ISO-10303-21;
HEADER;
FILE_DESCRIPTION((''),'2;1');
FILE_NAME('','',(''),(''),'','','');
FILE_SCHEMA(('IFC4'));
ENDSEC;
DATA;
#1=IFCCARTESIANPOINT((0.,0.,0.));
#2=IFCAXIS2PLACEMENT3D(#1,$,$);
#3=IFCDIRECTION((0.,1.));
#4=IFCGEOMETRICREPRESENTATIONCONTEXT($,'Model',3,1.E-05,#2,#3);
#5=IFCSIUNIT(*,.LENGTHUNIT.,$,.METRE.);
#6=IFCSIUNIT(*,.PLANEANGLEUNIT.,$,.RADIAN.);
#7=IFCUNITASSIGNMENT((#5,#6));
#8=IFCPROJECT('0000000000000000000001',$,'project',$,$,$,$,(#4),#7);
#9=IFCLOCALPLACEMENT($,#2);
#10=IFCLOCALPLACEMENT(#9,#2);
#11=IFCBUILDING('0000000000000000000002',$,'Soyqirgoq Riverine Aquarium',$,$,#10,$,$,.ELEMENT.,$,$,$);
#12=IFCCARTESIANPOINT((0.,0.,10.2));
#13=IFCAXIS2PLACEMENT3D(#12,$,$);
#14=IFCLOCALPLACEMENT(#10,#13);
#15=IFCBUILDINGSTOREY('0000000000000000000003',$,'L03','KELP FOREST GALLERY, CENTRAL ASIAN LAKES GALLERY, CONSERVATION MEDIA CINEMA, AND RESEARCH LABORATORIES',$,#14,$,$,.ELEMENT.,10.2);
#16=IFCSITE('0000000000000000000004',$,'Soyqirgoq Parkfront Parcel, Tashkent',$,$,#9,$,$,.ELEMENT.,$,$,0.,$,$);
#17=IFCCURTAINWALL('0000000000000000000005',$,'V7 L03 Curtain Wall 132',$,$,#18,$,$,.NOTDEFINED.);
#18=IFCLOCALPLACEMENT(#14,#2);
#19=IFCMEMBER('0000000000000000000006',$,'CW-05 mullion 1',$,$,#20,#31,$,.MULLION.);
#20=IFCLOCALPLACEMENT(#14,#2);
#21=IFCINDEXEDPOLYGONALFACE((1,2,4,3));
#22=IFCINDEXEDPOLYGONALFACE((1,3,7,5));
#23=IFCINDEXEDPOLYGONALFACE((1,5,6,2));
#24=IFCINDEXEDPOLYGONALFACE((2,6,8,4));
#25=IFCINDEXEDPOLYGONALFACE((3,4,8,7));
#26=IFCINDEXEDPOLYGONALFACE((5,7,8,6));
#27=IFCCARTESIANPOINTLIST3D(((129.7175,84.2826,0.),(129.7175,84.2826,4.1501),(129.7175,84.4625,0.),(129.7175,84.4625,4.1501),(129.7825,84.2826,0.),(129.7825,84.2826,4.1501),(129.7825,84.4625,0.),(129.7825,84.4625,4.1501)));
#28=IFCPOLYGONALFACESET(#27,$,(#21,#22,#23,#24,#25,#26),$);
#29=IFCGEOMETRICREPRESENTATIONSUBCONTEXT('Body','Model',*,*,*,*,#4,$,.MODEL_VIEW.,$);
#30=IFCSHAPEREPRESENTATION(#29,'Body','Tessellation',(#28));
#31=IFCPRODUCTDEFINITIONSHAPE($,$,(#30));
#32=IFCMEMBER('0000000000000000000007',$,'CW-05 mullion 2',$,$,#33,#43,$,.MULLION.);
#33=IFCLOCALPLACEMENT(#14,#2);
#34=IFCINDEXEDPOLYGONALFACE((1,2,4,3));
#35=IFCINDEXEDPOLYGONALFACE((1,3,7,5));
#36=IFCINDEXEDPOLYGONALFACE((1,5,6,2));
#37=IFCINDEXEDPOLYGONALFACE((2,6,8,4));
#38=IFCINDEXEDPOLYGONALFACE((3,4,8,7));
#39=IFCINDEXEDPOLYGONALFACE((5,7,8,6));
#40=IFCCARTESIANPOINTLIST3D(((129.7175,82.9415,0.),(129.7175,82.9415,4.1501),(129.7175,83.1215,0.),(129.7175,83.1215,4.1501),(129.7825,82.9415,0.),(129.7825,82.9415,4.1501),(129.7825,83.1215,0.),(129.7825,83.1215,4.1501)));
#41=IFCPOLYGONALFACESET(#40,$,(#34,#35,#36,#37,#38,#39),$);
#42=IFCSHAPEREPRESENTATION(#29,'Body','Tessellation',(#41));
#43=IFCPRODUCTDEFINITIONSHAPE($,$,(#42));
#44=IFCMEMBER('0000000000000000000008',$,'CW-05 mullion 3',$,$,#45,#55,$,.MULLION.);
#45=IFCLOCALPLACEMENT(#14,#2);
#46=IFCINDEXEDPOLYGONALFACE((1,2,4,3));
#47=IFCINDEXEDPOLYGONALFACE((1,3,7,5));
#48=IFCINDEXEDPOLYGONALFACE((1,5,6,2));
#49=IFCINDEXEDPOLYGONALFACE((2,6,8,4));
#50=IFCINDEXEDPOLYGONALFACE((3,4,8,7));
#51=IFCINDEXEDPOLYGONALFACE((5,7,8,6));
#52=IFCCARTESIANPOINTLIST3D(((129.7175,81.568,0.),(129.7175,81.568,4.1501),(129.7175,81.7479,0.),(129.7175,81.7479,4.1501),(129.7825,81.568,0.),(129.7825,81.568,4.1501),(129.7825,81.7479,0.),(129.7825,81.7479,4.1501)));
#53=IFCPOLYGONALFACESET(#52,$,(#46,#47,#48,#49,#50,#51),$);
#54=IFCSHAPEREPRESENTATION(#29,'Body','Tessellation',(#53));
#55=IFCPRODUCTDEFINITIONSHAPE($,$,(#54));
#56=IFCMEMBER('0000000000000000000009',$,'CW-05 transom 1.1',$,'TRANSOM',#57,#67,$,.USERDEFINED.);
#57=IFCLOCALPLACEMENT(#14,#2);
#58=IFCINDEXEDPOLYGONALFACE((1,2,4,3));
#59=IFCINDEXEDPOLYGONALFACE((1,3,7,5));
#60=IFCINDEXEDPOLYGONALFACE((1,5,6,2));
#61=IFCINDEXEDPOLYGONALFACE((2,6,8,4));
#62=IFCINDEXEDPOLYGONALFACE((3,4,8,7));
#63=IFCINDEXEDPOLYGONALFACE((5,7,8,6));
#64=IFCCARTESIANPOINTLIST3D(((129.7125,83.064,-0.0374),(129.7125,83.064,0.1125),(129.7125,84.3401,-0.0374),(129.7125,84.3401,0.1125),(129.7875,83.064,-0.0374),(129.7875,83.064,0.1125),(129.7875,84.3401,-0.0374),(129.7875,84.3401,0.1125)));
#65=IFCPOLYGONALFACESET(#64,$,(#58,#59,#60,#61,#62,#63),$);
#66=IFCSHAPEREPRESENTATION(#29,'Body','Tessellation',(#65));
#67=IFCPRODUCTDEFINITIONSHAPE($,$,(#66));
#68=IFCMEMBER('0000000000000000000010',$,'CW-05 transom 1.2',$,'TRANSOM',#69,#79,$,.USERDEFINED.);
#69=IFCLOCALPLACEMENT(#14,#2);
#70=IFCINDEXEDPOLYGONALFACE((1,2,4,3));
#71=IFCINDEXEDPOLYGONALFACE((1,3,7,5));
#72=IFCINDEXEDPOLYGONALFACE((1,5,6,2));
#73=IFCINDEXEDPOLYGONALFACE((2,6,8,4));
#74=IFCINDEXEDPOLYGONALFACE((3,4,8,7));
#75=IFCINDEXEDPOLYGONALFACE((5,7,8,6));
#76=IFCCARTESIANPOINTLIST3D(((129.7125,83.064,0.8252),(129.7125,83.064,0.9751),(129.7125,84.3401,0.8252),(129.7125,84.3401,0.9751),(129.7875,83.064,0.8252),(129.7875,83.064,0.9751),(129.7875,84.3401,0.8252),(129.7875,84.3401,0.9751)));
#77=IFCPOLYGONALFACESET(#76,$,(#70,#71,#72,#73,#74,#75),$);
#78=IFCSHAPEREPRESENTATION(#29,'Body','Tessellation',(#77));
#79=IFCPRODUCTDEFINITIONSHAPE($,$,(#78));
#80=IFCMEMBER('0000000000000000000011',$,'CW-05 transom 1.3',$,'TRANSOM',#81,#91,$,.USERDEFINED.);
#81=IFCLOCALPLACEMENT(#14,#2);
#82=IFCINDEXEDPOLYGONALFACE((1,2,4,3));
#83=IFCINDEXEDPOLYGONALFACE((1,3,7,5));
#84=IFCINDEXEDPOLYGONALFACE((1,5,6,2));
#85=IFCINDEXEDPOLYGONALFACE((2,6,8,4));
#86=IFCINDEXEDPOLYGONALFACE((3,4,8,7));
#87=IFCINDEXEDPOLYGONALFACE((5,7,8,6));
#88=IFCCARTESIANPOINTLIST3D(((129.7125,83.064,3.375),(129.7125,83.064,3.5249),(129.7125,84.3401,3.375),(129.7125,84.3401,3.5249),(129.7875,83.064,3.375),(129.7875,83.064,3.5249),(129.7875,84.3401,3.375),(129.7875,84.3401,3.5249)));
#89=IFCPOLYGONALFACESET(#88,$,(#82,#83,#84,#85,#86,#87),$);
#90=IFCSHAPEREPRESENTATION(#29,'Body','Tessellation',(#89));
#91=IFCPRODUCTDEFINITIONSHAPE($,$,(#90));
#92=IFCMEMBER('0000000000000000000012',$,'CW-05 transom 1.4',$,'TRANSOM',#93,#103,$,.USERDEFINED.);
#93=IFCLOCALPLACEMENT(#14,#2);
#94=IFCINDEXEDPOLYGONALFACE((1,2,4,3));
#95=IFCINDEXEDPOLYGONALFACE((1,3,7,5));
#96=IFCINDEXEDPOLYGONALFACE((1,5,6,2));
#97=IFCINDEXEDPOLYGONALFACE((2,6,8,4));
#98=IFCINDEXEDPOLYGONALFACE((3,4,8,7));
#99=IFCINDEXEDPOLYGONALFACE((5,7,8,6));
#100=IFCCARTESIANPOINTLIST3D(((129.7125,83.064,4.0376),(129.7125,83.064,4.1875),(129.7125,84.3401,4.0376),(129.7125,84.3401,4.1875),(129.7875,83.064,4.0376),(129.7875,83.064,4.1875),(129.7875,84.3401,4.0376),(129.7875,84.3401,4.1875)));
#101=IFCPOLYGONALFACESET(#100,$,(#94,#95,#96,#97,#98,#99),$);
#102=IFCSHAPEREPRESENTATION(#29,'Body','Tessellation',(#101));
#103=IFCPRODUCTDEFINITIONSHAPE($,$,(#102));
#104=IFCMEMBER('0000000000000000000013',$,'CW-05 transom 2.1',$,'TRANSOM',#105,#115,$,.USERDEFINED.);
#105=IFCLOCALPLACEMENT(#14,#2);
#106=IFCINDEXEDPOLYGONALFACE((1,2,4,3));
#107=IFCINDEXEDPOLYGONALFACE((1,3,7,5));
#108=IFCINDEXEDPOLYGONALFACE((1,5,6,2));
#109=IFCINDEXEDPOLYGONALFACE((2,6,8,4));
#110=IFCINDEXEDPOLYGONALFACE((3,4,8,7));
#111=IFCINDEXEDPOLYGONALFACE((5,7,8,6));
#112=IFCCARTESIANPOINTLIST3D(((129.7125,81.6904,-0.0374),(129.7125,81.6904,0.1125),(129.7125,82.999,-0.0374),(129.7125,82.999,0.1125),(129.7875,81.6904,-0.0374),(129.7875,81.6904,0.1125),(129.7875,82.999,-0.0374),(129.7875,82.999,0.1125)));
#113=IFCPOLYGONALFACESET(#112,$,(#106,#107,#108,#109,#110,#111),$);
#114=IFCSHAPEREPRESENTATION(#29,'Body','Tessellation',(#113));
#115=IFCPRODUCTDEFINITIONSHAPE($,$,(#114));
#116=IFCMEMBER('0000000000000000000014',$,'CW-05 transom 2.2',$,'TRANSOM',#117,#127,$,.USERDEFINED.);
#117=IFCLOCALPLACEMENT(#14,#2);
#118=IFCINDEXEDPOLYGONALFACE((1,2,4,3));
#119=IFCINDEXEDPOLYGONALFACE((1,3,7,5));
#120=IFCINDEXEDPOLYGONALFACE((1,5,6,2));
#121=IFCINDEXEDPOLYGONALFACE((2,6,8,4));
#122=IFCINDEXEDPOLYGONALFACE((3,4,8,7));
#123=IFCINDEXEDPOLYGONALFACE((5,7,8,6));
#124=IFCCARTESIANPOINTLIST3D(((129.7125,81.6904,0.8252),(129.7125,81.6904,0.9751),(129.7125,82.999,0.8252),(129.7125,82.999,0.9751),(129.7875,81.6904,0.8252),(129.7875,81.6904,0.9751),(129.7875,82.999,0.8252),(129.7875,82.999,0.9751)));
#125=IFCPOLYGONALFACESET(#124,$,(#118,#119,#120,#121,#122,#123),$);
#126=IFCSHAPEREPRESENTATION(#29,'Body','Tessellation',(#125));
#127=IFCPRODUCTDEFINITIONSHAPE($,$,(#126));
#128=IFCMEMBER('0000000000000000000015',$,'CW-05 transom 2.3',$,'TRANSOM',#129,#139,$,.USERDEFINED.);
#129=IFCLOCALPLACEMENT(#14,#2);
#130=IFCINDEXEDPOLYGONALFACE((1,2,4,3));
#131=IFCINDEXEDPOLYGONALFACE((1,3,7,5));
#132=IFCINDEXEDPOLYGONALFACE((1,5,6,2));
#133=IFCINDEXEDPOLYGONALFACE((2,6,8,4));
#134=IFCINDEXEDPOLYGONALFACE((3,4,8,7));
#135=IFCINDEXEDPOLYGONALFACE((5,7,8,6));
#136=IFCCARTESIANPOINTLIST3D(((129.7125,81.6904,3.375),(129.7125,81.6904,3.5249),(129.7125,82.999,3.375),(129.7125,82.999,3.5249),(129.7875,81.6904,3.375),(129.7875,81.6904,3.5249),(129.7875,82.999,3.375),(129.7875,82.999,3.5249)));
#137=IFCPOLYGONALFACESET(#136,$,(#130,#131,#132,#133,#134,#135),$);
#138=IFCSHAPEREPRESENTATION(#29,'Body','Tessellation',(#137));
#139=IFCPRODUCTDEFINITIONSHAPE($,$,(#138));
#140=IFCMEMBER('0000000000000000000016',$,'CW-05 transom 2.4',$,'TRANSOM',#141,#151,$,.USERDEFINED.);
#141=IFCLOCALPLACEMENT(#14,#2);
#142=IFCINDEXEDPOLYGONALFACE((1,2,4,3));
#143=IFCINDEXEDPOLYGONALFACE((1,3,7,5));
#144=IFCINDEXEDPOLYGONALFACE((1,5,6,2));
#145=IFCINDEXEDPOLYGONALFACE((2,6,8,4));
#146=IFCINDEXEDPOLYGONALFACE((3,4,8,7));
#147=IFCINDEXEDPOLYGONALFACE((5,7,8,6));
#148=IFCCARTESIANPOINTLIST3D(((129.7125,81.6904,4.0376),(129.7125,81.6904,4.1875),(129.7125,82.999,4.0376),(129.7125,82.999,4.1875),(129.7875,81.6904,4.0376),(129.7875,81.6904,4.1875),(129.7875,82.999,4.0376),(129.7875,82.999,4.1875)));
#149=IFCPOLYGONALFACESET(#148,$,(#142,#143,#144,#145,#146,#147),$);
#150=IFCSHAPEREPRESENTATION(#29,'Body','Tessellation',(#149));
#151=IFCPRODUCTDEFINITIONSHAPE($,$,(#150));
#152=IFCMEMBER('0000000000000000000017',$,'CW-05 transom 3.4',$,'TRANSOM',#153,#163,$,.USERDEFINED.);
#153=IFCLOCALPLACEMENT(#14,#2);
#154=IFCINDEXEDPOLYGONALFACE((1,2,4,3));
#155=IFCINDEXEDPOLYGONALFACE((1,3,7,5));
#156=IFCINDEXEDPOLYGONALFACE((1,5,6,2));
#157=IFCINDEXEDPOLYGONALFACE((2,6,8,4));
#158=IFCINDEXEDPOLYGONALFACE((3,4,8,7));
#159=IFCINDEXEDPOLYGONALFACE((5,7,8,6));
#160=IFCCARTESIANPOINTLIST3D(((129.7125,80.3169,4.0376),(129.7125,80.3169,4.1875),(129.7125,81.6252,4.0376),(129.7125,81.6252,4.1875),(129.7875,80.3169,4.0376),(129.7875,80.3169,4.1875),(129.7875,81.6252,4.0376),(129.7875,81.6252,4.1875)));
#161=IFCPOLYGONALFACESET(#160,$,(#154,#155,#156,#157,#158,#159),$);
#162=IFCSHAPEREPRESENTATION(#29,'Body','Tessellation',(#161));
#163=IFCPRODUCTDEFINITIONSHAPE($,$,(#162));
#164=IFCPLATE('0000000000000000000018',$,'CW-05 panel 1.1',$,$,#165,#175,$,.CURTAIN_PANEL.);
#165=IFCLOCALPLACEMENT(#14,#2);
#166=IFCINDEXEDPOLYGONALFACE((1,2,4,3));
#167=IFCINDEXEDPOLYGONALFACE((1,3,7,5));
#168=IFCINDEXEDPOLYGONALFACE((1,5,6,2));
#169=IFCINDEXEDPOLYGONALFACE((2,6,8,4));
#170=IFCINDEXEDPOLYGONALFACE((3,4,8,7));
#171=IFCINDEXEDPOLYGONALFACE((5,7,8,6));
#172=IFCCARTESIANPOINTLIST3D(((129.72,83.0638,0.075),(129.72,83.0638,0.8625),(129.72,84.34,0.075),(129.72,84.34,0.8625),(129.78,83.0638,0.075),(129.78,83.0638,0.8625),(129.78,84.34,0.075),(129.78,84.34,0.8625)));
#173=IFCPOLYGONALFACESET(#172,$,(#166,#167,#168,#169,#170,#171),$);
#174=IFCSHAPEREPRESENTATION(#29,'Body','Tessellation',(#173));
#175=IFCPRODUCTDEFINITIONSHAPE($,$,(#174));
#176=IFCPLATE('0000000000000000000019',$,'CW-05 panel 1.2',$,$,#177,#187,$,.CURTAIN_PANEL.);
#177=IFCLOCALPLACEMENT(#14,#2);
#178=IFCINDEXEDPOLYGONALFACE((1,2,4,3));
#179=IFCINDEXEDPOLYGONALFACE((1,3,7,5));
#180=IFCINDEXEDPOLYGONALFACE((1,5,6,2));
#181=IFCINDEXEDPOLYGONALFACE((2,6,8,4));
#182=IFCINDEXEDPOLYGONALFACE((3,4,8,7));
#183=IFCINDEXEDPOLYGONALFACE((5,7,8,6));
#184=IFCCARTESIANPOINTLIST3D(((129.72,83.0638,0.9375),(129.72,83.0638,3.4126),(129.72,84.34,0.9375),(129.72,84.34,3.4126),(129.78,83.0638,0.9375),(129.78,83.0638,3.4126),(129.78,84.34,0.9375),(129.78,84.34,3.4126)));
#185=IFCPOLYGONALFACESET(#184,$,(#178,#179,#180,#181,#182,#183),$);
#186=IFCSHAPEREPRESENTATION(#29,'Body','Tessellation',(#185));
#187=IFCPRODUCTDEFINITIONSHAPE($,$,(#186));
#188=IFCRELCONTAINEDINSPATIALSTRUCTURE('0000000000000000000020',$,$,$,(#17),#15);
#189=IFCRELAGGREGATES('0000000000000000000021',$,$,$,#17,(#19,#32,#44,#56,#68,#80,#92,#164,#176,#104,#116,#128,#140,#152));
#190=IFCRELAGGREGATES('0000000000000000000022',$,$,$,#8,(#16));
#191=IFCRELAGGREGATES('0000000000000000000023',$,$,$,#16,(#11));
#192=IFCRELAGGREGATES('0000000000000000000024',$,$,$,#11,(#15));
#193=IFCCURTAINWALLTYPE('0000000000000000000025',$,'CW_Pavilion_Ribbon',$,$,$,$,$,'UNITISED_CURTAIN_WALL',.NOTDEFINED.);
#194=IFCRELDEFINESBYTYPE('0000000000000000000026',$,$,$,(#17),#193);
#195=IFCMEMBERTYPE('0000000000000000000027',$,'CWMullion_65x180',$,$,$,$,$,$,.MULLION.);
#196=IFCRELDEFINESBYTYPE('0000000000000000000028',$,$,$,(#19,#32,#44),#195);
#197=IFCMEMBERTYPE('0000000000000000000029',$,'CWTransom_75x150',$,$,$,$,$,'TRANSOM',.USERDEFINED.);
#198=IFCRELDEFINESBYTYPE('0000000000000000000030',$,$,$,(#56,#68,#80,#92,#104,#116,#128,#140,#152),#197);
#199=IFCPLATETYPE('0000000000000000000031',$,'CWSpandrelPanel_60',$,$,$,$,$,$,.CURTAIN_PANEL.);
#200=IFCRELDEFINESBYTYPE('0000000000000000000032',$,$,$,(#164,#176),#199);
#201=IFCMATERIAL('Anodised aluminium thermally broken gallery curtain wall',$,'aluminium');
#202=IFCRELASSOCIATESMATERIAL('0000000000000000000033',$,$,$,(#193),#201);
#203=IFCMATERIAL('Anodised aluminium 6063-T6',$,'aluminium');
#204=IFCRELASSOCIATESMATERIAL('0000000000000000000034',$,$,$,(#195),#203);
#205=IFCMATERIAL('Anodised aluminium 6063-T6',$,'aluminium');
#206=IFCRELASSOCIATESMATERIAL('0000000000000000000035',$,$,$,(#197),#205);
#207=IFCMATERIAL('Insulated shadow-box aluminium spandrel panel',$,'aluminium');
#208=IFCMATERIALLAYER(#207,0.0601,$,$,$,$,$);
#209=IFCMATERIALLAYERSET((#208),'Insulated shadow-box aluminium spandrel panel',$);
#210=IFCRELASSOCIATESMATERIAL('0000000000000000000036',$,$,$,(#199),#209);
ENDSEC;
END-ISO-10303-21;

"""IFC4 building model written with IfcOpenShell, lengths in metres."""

from ifc_helpers import new_model, si_unit, direction, frame, origin, origin_2d, place, context, subcontext, project, spatial, rectangle, extrude, material, layer, layer_set, material_profile, profile_set, type_object, element, aggregate, save


model = new_model("IFC4")

# Units and contexts
model_context = context("Model", 3, precision=1e-05, world=origin(), true_north=direction((0.0, 1.0)))
body_context = subcontext(model_context, "Body", "Model", "MODEL_VIEW")
ifc_project = project(units=[si_unit("LENGTHUNIT", "METRE"), si_unit("PLANEANGLEUNIT", "RADIAN")], contexts=[model_context])

# Site, building, storey
site_placement = place(None, origin())
site = spatial("IfcSite", under=ifc_project, at=site_placement, Name="Soyqirgoq Parkfront Parcel, Tashkent", CompositionType="ELEMENT", RefElevation=0.0)
building_placement = place(site_placement, origin())
building = spatial("IfcBuilding", under=site, at=building_placement, Name="Soyqirgoq Riverine Aquarium", CompositionType="ELEMENT")
storey_placement = place(building_placement, frame((0.0, 0.0, 10.2)))
storey = spatial("IfcBuildingStorey", under=building, at=storey_placement, Name="L03", Description="KELP FOREST GALLERY, CENTRAL ASIAN LAKES GALLERY, CONSERVATION MEDIA CINEMA, AND RESEARCH LABORATORIES", CompositionType="ELEMENT", Elevation=10.2)

# Curtain wall, members, plates
ifc_material_1 = material(Name="Anodised aluminium thermally broken gallery curtain wall", Category="aluminium")
curtain_wall_type = type_object("IfcCurtainWallType", Name="CW_Pavilion_Ribbon", ElementType="UNITISED_CURTAIN_WALL", PredefinedType="NOTDEFINED", material=ifc_material_1)
curtain_wall_placement = place(storey_placement, origin())
curtain_wall = element("IfcCurtainWall", 1, at=curtain_wall_placement, inside=storey, type_object=curtain_wall_type, Name="V7 L03 Curtain Wall 132", PredefinedType="NOTDEFINED")
ifc_material_2 = material(Name="Anodised aluminium 6063-T6", Category="aluminium")
ifc_material_profile_1 = material_profile(ifc_material_2, rectangle(XDim=0.0649, YDim=0.1799, at=origin_2d()), Name="ALU-M 65x180")
ifc_profile_set_1 = profile_set([ifc_material_profile_1], Name="Anodised aluminium 6063-T6")
member_type_1 = type_object("IfcMemberType", Name="CWMullion_65x180", PredefinedType="MULLION", material=ifc_profile_set_1)
member_1_placement = place(storey_placement, frame((129.75, 84.3726, 0.0), z_axis=(0.0, 0.0, 1.0), x_axis=(1.0, 0.0, 0.0)))
member_1 = element("IfcMember", 2, at=member_1_placement, type_object=member_type_1, Name="CW-05 mullion 1", PredefinedType="MULLION", context=body_context, shape_type="SweptSolid", body=[
    extrude(rectangle(XDim=0.0649, YDim=0.1799, at=origin_2d()), origin(), (0.0, 0.0, 1.0), 4.1501),
])
member_2_placement = place(storey_placement, frame((129.75, 83.0315, 0.0), z_axis=(0.0, 0.0, 1.0), x_axis=(1.0, 0.0, 0.0)))
member_2 = element("IfcMember", 3, at=member_2_placement, type_object=member_type_1, Name="CW-05 mullion 2", PredefinedType="MULLION", context=body_context, shape_type="SweptSolid", body=[
    extrude(rectangle(XDim=0.0649, YDim=0.1799, at=origin_2d()), origin(), (0.0, 0.0, 1.0), 4.1501),
])
member_3_placement = place(storey_placement, frame((129.75, 81.658, 0.0), z_axis=(0.0, 0.0, 1.0), x_axis=(1.0, 0.0, 0.0)))
member_3 = element("IfcMember", 4, at=member_3_placement, type_object=member_type_1, Name="CW-05 mullion 3", PredefinedType="MULLION", context=body_context, shape_type="SweptSolid", body=[
    extrude(rectangle(XDim=0.0649, YDim=0.1799, at=origin_2d()), origin(), (0.0, 0.0, 1.0), 4.1501),
])
ifc_material_3 = material(Name="Anodised aluminium 6063-T6", Category="aluminium")
ifc_material_profile_2 = material_profile(ifc_material_3, rectangle(XDim=0.075, YDim=0.1499, at=origin_2d()), Name="ALU-T 75x150")
ifc_profile_set_2 = profile_set([ifc_material_profile_2], Name="Anodised aluminium 6063-T6")
member_type_2 = type_object("IfcMemberType", Name="CWTransom_75x150", ElementType="TRANSOM", PredefinedType="USERDEFINED", material=ifc_profile_set_2)
member_4_placement = place(storey_placement, frame((129.75, 84.3401, 0.0376), z_axis=(0.0, -1.0, 0.0), x_axis=(1.0, 0.0, 0.0)))
member_4 = element("IfcMember", 5, at=member_4_placement, type_object=member_type_2, Name="CW-05 transom 1.1", ObjectType="TRANSOM", PredefinedType="USERDEFINED", context=body_context, shape_type="SweptSolid", body=[
    extrude(rectangle(XDim=0.075, YDim=0.1499, at=origin_2d()), origin(), (0.0, 0.0, 1.0), 1.2761),
])
member_5_placement = place(storey_placement, frame((129.75, 84.3401, 0.9001), z_axis=(0.0, -1.0, 0.0), x_axis=(1.0, 0.0, 0.0)))
member_5 = element("IfcMember", 6, at=member_5_placement, type_object=member_type_2, Name="CW-05 transom 1.2", ObjectType="TRANSOM", PredefinedType="USERDEFINED", context=body_context, shape_type="SweptSolid", body=[
    extrude(rectangle(XDim=0.075, YDim=0.1499, at=origin_2d()), origin(), (0.0, 0.0, 1.0), 1.2761),
])
member_6_placement = place(storey_placement, frame((129.75, 84.3401, 3.45), z_axis=(0.0, -1.0, 0.0), x_axis=(1.0, 0.0, 0.0)))
member_6 = element("IfcMember", 7, at=member_6_placement, type_object=member_type_2, Name="CW-05 transom 1.3", ObjectType="TRANSOM", PredefinedType="USERDEFINED", context=body_context, shape_type="SweptSolid", body=[
    extrude(rectangle(XDim=0.075, YDim=0.1499, at=origin_2d()), origin(), (0.0, 0.0, 1.0), 1.2761),
])
member_7_placement = place(storey_placement, frame((129.75, 84.3401, 4.1125), z_axis=(0.0, -1.0, 0.0), x_axis=(1.0, 0.0, 0.0)))
member_7 = element("IfcMember", 8, at=member_7_placement, type_object=member_type_2, Name="CW-05 transom 1.4", ObjectType="TRANSOM", PredefinedType="USERDEFINED", context=body_context, shape_type="SweptSolid", body=[
    extrude(rectangle(XDim=0.075, YDim=0.1499, at=origin_2d()), origin(), (0.0, 0.0, 1.0), 1.2761),
])
member_8_placement = place(storey_placement, frame((129.75, 82.999, 0.0376), z_axis=(0.0, -1.0, 0.0), x_axis=(1.0, 0.0, 0.0)))
member_8 = element("IfcMember", 9, at=member_8_placement, type_object=member_type_2, Name="CW-05 transom 2.1", ObjectType="TRANSOM", PredefinedType="USERDEFINED", context=body_context, shape_type="SweptSolid", body=[
    extrude(rectangle(XDim=0.075, YDim=0.1499, at=origin_2d()), origin(), (0.0, 0.0, 1.0), 1.3086),
])
member_9_placement = place(storey_placement, frame((129.75, 82.999, 0.9001), z_axis=(0.0, -1.0, 0.0), x_axis=(1.0, 0.0, 0.0)))
member_9 = element("IfcMember", 10, at=member_9_placement, type_object=member_type_2, Name="CW-05 transom 2.2", ObjectType="TRANSOM", PredefinedType="USERDEFINED", context=body_context, shape_type="SweptSolid", body=[
    extrude(rectangle(XDim=0.075, YDim=0.1499, at=origin_2d()), origin(), (0.0, 0.0, 1.0), 1.3086),
])
member_10_placement = place(storey_placement, frame((129.75, 82.999, 3.45), z_axis=(0.0, -1.0, 0.0), x_axis=(1.0, 0.0, 0.0)))
member_10 = element("IfcMember", 11, at=member_10_placement, type_object=member_type_2, Name="CW-05 transom 2.3", ObjectType="TRANSOM", PredefinedType="USERDEFINED", context=body_context, shape_type="SweptSolid", body=[
    extrude(rectangle(XDim=0.075, YDim=0.1499, at=origin_2d()), origin(), (0.0, 0.0, 1.0), 1.3086),
])
member_11_placement = place(storey_placement, frame((129.75, 82.999, 4.1125), z_axis=(0.0, -1.0, 0.0), x_axis=(1.0, 0.0, 0.0)))
member_11 = element("IfcMember", 12, at=member_11_placement, type_object=member_type_2, Name="CW-05 transom 2.4", ObjectType="TRANSOM", PredefinedType="USERDEFINED", context=body_context, shape_type="SweptSolid", body=[
    extrude(rectangle(XDim=0.075, YDim=0.1499, at=origin_2d()), origin(), (0.0, 0.0, 1.0), 1.3086),
])
member_12_placement = place(storey_placement, frame((129.75, 81.6252, 4.1125), z_axis=(0.0, -1.0, 0.0), x_axis=(1.0, 0.0, 0.0)))
member_12 = element("IfcMember", 13, at=member_12_placement, type_object=member_type_2, Name="CW-05 transom 3.4", ObjectType="TRANSOM", PredefinedType="USERDEFINED", context=body_context, shape_type="SweptSolid", body=[
    extrude(rectangle(XDim=0.075, YDim=0.1499, at=origin_2d()), origin(), (0.0, 0.0, 1.0), 1.3083),
])
ifc_material_4 = material(Name="Insulated shadow-box aluminium spandrel panel", Category="aluminium")
ifc_layer = layer(ifc_material_4, 0.0601)
ifc_layer_set = layer_set([ifc_layer], Name="Insulated shadow-box aluminium spandrel panel")
plate_type = type_object("IfcPlateType", Name="CWSpandrelPanel_60", PredefinedType="CURTAIN_PANEL", material=ifc_layer_set)
plate_1_placement = place(storey_placement, frame((129.75, 83.7019, 0.075), z_axis=(0.0, 0.0, 1.0), x_axis=(0.0, -1.0, 0.0)))
plate_1 = element("IfcPlate", 14, at=plate_1_placement, type_object=plate_type, Name="CW-05 panel 1.1", PredefinedType="CURTAIN_PANEL", context=body_context, shape_type="SweptSolid", body=[
    extrude(rectangle(XDim=1.2761, YDim=0.0601, at=origin_2d()), origin(), (0.0, 0.0, 1.0), 0.7876),
])
plate_2_placement = place(storey_placement, frame((129.75, 83.7019, 0.9375), z_axis=(0.0, 0.0, 1.0), x_axis=(0.0, -1.0, 0.0)))
plate_2 = element("IfcPlate", 15, at=plate_2_placement, type_object=plate_type, Name="CW-05 panel 1.2", PredefinedType="CURTAIN_PANEL", context=body_context, shape_type="SweptSolid", body=[
    extrude(rectangle(XDim=1.2761, YDim=0.0601, at=origin_2d()), origin(), (0.0, 0.0, 1.0), 2.4751),
])
aggregate(curtain_wall, [member_1, member_2, member_3, member_4, member_5, member_6, member_7, plate_1, plate_2, member_8, member_9, member_10, member_11, member_12])

save(model, "model.ifc")
